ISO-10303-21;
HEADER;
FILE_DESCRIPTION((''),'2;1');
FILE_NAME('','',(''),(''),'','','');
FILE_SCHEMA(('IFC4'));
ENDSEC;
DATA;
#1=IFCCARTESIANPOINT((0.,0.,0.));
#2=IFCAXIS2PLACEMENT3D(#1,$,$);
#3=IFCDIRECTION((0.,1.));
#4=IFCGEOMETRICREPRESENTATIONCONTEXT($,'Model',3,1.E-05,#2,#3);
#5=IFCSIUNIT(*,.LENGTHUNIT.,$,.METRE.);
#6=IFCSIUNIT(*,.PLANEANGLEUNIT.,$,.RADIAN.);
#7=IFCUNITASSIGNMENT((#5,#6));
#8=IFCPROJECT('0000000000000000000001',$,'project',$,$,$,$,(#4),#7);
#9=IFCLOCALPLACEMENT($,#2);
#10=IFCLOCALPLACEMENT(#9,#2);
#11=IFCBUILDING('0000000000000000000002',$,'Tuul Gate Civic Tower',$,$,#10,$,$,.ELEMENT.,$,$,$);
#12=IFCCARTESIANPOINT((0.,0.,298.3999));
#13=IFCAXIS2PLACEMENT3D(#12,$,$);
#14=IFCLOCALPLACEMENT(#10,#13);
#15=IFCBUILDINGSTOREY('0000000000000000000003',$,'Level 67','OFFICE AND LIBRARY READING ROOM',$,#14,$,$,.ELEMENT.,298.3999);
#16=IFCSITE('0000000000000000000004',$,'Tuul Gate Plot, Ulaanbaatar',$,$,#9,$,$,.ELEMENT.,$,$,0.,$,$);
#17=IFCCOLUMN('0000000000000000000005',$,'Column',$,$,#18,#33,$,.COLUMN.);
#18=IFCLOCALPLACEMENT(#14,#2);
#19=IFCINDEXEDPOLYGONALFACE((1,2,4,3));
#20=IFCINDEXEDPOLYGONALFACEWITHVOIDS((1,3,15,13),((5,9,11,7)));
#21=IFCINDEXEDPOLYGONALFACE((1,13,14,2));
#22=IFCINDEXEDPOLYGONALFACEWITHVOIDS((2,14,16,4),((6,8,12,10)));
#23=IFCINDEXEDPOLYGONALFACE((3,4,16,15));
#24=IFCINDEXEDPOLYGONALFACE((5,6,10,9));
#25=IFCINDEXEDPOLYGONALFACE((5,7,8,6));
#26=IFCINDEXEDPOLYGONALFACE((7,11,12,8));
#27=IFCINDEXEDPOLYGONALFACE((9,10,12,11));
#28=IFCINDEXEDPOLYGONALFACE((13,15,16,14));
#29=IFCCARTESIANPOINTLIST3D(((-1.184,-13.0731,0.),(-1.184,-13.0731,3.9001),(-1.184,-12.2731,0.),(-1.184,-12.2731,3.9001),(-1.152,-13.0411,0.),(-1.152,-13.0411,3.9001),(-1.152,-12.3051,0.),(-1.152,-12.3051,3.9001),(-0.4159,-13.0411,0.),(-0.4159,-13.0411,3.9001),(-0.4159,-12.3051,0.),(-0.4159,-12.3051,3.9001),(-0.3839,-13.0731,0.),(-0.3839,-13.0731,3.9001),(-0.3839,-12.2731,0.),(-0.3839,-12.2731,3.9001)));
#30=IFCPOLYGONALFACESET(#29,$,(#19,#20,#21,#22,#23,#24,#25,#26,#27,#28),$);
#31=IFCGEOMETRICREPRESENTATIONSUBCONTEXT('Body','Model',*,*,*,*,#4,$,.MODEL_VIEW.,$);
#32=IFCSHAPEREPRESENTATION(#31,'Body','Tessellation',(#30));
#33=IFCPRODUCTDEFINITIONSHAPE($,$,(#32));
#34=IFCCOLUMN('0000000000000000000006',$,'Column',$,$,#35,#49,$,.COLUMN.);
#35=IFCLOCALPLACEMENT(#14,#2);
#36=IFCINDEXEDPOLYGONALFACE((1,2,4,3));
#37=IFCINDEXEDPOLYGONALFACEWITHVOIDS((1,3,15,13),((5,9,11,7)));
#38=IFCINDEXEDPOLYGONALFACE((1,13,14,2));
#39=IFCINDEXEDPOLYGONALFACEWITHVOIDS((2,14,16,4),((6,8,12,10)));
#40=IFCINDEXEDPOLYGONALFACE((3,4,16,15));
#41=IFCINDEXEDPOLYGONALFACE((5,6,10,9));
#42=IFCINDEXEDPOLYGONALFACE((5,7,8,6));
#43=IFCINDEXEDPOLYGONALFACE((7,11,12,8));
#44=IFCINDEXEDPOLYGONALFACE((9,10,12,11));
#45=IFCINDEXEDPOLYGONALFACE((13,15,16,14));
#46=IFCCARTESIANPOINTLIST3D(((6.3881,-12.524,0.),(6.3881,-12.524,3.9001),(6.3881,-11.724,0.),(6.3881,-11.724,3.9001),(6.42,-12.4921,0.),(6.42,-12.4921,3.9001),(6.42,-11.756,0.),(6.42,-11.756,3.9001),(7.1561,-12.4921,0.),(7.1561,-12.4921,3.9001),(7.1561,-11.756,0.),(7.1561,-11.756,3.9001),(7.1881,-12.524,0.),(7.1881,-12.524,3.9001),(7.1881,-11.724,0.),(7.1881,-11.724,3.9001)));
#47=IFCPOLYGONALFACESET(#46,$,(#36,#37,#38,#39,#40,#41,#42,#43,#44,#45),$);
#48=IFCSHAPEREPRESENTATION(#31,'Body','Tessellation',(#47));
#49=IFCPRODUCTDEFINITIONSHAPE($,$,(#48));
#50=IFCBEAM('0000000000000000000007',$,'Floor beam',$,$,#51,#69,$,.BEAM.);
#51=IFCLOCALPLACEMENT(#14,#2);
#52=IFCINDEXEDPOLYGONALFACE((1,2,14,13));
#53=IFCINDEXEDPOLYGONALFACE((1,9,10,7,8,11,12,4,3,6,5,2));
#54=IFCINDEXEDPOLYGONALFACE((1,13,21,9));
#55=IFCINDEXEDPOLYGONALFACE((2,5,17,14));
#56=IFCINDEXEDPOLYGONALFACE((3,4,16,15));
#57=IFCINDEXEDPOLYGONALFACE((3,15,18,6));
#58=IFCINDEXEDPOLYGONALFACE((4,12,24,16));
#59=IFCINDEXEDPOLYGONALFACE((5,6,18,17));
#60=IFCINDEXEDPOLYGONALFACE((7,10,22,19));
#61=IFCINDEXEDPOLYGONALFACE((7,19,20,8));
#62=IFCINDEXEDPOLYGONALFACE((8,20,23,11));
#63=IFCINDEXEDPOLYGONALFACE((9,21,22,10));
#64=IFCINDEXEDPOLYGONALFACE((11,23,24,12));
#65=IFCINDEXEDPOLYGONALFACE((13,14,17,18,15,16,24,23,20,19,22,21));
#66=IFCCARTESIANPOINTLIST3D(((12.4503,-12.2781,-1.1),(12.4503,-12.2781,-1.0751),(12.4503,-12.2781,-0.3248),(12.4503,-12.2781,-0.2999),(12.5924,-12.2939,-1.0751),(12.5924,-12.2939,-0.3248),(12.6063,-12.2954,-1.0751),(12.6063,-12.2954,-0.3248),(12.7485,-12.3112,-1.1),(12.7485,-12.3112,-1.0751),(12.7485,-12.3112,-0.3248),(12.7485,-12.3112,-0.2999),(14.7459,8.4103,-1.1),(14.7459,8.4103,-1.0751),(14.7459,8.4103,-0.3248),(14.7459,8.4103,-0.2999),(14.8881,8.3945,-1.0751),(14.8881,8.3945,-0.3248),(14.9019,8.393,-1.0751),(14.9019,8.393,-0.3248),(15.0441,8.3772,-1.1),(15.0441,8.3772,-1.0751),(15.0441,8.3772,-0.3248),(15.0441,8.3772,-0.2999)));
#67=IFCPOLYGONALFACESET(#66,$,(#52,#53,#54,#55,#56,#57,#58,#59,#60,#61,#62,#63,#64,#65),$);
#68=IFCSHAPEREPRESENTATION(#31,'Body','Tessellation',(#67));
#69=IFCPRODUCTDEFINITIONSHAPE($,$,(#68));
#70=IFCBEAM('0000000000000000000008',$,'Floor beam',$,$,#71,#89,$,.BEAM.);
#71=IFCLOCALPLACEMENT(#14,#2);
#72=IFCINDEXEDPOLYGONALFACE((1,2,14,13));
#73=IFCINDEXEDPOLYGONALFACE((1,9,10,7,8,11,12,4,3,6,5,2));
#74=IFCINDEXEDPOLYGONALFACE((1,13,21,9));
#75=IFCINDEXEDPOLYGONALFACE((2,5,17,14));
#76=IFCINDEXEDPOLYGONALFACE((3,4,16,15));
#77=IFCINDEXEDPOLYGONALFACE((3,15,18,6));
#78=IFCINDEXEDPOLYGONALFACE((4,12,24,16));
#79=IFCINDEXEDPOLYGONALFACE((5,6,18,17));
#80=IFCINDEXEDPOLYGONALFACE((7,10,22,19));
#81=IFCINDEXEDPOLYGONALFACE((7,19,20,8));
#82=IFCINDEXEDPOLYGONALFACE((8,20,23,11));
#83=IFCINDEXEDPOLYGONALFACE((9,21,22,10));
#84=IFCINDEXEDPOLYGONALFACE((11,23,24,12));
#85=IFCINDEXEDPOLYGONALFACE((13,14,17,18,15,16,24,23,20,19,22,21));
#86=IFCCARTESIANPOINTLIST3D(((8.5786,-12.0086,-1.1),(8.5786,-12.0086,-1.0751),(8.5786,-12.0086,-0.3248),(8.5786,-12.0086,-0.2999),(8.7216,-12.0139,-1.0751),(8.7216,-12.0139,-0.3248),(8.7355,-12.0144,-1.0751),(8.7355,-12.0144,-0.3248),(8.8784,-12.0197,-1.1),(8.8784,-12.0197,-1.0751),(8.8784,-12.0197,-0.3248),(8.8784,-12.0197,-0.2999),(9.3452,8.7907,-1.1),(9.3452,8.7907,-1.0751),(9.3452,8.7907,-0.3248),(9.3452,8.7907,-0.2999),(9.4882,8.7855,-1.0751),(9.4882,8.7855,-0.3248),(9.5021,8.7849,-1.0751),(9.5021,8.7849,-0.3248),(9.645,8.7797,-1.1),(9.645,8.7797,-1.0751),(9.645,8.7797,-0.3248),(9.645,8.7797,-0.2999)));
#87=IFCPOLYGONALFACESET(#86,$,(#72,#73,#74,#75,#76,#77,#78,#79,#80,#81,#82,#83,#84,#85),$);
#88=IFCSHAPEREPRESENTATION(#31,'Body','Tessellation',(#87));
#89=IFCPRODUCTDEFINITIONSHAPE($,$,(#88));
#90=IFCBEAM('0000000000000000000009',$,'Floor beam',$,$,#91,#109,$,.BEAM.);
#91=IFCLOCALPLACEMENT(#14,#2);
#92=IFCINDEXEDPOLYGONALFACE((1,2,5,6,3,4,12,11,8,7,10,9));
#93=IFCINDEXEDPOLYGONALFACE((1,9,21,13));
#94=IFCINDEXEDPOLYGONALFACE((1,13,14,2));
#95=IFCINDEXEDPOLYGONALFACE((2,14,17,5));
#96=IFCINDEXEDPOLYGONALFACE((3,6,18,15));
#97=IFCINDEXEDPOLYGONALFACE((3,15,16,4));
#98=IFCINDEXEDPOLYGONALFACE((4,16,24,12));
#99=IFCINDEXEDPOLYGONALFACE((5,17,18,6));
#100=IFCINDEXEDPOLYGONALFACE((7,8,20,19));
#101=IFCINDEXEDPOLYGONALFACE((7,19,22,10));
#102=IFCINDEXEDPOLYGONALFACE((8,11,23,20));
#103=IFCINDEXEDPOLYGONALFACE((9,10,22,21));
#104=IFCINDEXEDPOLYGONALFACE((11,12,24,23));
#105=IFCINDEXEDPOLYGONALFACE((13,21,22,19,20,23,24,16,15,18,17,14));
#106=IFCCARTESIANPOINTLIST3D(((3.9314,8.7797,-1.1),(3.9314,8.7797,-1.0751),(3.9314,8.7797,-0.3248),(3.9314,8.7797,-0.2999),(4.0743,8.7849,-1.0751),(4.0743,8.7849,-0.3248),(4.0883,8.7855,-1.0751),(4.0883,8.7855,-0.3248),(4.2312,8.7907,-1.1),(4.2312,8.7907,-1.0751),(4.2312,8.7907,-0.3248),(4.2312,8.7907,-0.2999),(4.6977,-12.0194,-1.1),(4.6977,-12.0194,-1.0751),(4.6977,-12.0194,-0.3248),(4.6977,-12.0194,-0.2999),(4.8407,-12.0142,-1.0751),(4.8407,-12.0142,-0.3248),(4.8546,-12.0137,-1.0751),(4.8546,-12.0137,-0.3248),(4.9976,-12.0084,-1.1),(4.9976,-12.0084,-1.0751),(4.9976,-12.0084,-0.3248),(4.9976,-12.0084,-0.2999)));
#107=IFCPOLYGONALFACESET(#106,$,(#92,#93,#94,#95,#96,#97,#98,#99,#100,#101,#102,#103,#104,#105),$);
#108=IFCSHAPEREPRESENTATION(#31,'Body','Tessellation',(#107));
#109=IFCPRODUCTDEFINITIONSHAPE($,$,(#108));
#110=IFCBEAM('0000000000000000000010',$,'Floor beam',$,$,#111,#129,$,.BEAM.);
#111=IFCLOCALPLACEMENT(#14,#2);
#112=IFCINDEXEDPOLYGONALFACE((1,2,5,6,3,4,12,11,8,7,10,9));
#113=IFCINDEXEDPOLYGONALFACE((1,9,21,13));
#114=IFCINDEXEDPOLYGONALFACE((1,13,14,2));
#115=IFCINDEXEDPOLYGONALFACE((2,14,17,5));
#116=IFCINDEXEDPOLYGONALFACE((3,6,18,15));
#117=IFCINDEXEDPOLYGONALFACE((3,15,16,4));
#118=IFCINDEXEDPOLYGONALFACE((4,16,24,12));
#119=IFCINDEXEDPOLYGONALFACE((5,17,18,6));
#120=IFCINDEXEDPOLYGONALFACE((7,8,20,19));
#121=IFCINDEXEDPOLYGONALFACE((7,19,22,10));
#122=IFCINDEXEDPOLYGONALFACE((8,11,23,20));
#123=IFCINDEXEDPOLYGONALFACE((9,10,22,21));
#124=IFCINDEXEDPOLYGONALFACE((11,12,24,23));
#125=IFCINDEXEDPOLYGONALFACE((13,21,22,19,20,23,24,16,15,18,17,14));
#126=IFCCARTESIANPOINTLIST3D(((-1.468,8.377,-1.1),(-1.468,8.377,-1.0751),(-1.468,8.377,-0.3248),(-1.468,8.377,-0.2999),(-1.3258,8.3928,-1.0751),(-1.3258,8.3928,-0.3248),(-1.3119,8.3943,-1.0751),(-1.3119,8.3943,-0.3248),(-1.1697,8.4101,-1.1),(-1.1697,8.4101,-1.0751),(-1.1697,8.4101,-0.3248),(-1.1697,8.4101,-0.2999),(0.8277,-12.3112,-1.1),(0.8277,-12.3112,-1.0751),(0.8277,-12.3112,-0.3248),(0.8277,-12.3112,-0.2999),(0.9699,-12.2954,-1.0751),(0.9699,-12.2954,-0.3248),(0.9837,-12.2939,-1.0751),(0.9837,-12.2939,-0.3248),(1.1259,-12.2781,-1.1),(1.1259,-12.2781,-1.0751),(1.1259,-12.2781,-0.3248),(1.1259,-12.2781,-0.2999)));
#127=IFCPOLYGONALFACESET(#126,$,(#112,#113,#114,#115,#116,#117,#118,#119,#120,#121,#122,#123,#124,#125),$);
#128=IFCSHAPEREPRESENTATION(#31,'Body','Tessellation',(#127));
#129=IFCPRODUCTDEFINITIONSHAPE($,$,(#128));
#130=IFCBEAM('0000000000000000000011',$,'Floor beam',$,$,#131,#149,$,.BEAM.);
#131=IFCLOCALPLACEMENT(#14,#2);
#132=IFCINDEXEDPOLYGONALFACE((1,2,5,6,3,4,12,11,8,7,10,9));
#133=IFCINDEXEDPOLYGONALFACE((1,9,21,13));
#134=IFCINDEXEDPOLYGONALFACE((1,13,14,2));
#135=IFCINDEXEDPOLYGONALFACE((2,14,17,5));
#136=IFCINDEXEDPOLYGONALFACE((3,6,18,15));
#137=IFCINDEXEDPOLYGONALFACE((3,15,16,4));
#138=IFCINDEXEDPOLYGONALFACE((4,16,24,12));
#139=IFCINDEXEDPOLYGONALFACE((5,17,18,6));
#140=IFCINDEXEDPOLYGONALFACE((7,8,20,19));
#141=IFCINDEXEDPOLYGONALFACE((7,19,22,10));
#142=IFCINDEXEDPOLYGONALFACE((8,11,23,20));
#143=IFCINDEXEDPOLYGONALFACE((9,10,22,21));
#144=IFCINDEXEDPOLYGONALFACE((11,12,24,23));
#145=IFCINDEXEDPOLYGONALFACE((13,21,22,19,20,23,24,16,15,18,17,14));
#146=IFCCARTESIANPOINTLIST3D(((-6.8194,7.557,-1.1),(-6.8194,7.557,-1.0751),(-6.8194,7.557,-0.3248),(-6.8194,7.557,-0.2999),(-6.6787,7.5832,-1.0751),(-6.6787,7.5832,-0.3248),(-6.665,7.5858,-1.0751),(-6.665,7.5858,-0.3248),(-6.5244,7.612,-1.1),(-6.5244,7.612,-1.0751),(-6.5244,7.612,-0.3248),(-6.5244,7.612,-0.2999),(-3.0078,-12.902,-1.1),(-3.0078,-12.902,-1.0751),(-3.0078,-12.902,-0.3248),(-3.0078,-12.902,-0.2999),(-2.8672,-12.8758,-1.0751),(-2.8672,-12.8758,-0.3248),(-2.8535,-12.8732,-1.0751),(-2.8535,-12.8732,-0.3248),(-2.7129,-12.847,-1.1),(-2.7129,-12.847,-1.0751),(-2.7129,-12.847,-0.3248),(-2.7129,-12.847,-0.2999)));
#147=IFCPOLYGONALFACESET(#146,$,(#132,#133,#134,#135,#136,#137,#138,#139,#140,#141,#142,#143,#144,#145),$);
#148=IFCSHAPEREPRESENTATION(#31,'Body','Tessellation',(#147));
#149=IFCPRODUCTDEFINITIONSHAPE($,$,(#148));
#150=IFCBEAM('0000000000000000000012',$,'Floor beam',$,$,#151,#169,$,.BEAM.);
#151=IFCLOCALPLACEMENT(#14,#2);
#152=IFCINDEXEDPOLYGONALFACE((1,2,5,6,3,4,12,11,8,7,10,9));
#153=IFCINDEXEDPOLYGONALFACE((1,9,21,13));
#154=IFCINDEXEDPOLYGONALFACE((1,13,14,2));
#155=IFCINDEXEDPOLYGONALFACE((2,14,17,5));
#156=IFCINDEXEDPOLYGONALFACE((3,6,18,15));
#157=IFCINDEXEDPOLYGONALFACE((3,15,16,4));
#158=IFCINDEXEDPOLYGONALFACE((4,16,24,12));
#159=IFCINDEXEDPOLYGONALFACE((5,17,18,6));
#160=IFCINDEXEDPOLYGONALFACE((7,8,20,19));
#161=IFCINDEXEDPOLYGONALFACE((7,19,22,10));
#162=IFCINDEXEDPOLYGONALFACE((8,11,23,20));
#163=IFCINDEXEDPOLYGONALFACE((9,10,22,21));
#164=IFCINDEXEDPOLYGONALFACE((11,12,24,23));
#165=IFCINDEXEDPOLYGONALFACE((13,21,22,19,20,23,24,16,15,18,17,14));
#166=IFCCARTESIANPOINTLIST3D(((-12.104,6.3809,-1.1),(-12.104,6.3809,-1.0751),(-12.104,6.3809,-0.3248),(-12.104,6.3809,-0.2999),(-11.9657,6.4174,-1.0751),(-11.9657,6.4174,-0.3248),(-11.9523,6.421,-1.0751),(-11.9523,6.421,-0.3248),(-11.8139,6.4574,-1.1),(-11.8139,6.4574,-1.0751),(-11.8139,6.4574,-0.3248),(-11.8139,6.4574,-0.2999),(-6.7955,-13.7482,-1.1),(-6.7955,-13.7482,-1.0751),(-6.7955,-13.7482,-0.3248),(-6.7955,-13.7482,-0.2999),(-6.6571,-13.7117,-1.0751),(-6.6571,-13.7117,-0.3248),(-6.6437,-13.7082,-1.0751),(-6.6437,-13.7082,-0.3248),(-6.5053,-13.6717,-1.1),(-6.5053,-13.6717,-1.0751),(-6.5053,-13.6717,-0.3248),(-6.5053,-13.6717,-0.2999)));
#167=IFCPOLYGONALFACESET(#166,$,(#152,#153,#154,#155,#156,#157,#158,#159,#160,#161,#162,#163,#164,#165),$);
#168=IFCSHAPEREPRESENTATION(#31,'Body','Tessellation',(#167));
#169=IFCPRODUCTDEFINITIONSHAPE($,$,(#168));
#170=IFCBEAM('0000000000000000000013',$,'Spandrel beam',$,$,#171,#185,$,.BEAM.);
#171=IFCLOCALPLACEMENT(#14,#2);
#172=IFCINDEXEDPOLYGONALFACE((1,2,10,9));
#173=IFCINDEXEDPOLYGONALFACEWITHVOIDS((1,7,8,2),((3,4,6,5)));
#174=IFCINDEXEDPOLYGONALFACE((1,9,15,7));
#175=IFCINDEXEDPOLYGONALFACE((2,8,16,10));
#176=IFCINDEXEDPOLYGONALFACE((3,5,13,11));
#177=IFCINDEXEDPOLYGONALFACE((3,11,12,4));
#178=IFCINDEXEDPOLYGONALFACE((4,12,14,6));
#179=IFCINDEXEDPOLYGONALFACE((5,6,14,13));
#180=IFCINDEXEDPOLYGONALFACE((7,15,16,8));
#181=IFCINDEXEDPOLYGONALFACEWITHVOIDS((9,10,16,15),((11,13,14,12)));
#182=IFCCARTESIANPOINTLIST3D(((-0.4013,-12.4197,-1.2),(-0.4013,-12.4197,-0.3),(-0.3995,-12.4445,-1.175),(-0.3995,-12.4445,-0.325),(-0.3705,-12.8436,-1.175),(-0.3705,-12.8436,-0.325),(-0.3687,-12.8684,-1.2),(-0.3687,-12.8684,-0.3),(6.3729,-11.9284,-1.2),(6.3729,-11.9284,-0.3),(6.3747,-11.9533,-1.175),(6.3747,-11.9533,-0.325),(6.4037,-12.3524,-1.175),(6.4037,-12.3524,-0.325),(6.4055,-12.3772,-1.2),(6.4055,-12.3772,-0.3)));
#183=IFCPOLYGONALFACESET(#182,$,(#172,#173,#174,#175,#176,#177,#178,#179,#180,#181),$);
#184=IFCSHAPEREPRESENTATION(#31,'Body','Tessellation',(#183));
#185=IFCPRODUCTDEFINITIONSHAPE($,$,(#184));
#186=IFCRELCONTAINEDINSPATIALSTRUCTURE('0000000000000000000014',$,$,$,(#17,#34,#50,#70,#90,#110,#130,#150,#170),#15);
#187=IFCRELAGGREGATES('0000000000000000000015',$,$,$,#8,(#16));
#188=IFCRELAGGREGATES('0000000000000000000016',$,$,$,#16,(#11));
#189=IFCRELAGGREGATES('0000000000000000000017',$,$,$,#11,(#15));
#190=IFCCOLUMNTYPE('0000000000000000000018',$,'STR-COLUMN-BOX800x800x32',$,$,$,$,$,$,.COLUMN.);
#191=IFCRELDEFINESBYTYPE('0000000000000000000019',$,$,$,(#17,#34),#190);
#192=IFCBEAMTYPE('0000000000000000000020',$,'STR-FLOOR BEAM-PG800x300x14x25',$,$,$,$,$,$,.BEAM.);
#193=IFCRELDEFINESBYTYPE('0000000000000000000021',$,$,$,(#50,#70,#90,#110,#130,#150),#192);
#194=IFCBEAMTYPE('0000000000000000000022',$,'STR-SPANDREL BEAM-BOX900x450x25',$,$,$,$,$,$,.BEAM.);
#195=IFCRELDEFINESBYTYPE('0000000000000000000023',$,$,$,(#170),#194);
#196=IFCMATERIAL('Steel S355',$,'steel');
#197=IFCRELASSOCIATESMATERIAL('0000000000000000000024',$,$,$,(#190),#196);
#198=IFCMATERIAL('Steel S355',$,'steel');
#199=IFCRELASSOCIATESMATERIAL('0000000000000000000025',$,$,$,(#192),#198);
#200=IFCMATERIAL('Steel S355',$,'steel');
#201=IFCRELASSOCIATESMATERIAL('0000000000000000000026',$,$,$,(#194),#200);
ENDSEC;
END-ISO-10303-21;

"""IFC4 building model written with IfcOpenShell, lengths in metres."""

from ifc_helpers import new_model, si_unit, direction, frame, origin, origin_2d, place, context, subcontext, project, spatial, hollow_rectangle, i_section, extrude, material, material_profile, profile_set, type_object, element, save


model = new_model("IFC4")

# Units and contexts
model_context = context("Model", 3, precision=1e-05, world=origin(), true_north=direction((0.0, 1.0)))
body_context = subcontext(model_context, "Body", "Model", "MODEL_VIEW")
ifc_project = project(units=[si_unit("LENGTHUNIT", "METRE"), si_unit("PLANEANGLEUNIT", "RADIAN")], contexts=[model_context])

# Site, building, storey
site_placement = place(None, origin())
site = spatial("IfcSite", under=ifc_project, at=site_placement, Name="Tuul Gate Plot, Ulaanbaatar", CompositionType="ELEMENT", RefElevation=0.0)
building_placement = place(site_placement, origin())
building = spatial("IfcBuilding", under=site, at=building_placement, Name="Tuul Gate Civic Tower", CompositionType="ELEMENT")
storey_placement = place(building_placement, frame((0.0, 0.0, 298.3999)))
storey = spatial("IfcBuildingStorey", under=building, at=storey_placement, Name="Level 67", Description="OFFICE AND LIBRARY READING ROOM", CompositionType="ELEMENT", Elevation=298.3999)

# Columns
ifc_material_1 = material(Name="Steel S355", Category="steel")
ifc_material_profile_1 = material_profile(ifc_material_1, hollow_rectangle(XDim=0.8, YDim=0.8, WallThickness=0.032, at=origin_2d()), Name="BOX800x800x32")
ifc_profile_set_1 = profile_set([ifc_material_profile_1], Name="Steel S355")
column_type = type_object("IfcColumnType", Name="STR-COLUMN-BOX800x800x32", PredefinedType="COLUMN", material=ifc_profile_set_1)
for number, where, z_axis, x_axis, name in (
    (1, (-0.7839, -12.6731, 0.0), (0.0, 0.0, 1.0), (1.0, 0.0, 0.0), "Column"),
    (2, (6.7881, -12.124, 0.0), (0.0, 0.0, 1.0), (1.0, 0.0, 0.0), "Column"),
):
    element("IfcColumn", number, at=place(storey_placement, frame(where, z_axis=z_axis, x_axis=x_axis)), inside=storey, type_object=column_type, Name=name, PredefinedType="COLUMN", context=body_context, shape_type="SweptSolid", body=[
        extrude(hollow_rectangle(XDim=0.8, YDim=0.8, WallThickness=0.032, at=origin_2d()), origin(), (0.0, 0.0, 1.0), 3.9001),
    ])

# Beams
ifc_material_2 = material(Name="Steel S355", Category="steel")
ifc_material_profile_2 = material_profile(ifc_material_2, i_section(OverallWidth=0.3, OverallDepth=0.8, WebThickness=0.0139, FlangeThickness=0.0249, at=origin_2d()), Name="PG800x300x14x25")
ifc_profile_set_2 = profile_set([ifc_material_profile_2], Name="Steel S355")
beam_type_1 = type_object("IfcBeamType", Name="STR-FLOOR BEAM-PG800x300x14x25", PredefinedType="BEAM", material=ifc_profile_set_2)
beam_1_placement = place(storey_placement, frame((12.5994, -12.2947, -0.7), z_axis=(0.110286, 0.9939, 0.0), x_axis=(-0.9939, 0.110286, 0.0)))
element("IfcBeam", 3, at=beam_1_placement, inside=storey, type_object=beam_type_1, Name="Floor beam", PredefinedType="BEAM", context=body_context, shape_type="SweptSolid", body=[
    extrude(i_section(OverallWidth=0.3, OverallDepth=0.8, WebThickness=0.0139, FlangeThickness=0.0249, at=origin_2d()), origin(), (0.0, 0.0, 1.0), 20.8154),
])
beam_2_placement = place(storey_placement, frame((8.7285, -12.0142, -0.7), z_axis=(0.036832, 0.999321, 0.0), x_axis=(-0.999321, 0.036832, 0.0)))
element("IfcBeam", 4, at=beam_2_placement, inside=storey, type_object=beam_type_1, Name="Floor beam", PredefinedType="BEAM", context=body_context, shape_type="SweptSolid", body=[
    extrude(i_section(OverallWidth=0.3, OverallDepth=0.8, WebThickness=0.0139, FlangeThickness=0.0249, at=origin_2d()), origin(), (0.0, 0.0, 1.0), 20.8135),
])
beam_3_placement = place(storey_placement, frame((4.8477, -12.0139, -0.7), z_axis=(-0.036821, 0.999322, 0.0), x_axis=(-0.999322, -0.036821, 0.0)))
element("IfcBeam", 5, at=beam_3_placement, inside=storey, type_object=beam_type_1, Name="Floor beam", PredefinedType="BEAM", context=body_context, shape_type="SweptSolid", body=[
    extrude(i_section(OverallWidth=0.3, OverallDepth=0.8, WebThickness=0.0139, FlangeThickness=0.0249, at=origin_2d()), origin(), (0.0, 0.0, 1.0), 20.8132),
])
beam_4_placement = place(storey_placement, frame((0.9768, -12.2947, -0.7), z_axis=(-0.110287, 0.9939, 0.0), x_axis=(-0.9939, -0.110287, 0.0)))
element("IfcBeam", 6, at=beam_4_placement, inside=storey, type_object=beam_type_1, Name="Floor beam", PredefinedType="BEAM", context=body_context, shape_type="SweptSolid", body=[
    extrude(i_section(OverallWidth=0.3, OverallDepth=0.8, WebThickness=0.0139, FlangeThickness=0.0249, at=origin_2d()), origin(), (0.0, 0.0, 1.0), 20.8152),
])
beam_5_placement = place(storey_placement, frame((-2.8604, -12.8745, -0.7), z_axis=(-0.183149, 0.983085, 0.0), x_axis=(-0.983085, -0.183149, 0.0)))
element("IfcBeam", 7, at=beam_5_placement, inside=storey, type_object=beam_type_1, Name="Floor beam", PredefinedType="BEAM", context=body_context, shape_type="SweptSolid", body=[
    extrude(i_section(OverallWidth=0.3, OverallDepth=0.8, WebThickness=0.0139, FlangeThickness=0.0249, at=origin_2d()), origin(), (0.0, 0.0, 1.0), 20.811),
])
beam_6_placement = place(storey_placement, frame((-6.6504, -13.71, -0.7), z_axis=(-0.255008, 0.966939, 0.0), x_axis=(-0.966939, -0.255008, 0.0)))
element("IfcBeam", 8, at=beam_6_placement, inside=storey, type_object=beam_type_1, Name="Floor beam", PredefinedType="BEAM", context=body_context, shape_type="SweptSolid", body=[
    extrude(i_section(OverallWidth=0.3, OverallDepth=0.8, WebThickness=0.0139, FlangeThickness=0.0249, at=origin_2d()), origin(), (0.0, 0.0, 1.0), 20.8174),
])
ifc_material_3 = material(Name="Steel S355", Category="steel")
ifc_material_profile_3 = material_profile(ifc_material_3, hollow_rectangle(XDim=0.45, YDim=0.8999, WallThickness=0.0249, at=origin_2d()), Name="BOX900x450x25")
ifc_profile_set_3 = profile_set([ifc_material_profile_3], Name="Steel S355")
beam_type_2 = type_object("IfcBeamType", Name="STR-SPANDREL BEAM-BOX900x450x25", PredefinedType="BEAM", material=ifc_profile_set_3)
beam_7_placement = place(storey_placement, frame((-0.385, -12.644, -0.75), z_axis=(0.997381, 0.072322, 0.0), x_axis=(-0.072322, 0.997381, 0.0)))
element("IfcBeam", 9, at=beam_7_placement, inside=storey, type_object=beam_type_2, Name="Spandrel beam", PredefinedType="BEAM", context=body_context, shape_type="SweptSolid", body=[
    extrude(hollow_rectangle(XDim=0.45, YDim=0.8999, WallThickness=0.0249, at=origin_2d()), origin(), (0.0, 0.0, 1.0), 6.792),
])

save(model, "model.ifc")
